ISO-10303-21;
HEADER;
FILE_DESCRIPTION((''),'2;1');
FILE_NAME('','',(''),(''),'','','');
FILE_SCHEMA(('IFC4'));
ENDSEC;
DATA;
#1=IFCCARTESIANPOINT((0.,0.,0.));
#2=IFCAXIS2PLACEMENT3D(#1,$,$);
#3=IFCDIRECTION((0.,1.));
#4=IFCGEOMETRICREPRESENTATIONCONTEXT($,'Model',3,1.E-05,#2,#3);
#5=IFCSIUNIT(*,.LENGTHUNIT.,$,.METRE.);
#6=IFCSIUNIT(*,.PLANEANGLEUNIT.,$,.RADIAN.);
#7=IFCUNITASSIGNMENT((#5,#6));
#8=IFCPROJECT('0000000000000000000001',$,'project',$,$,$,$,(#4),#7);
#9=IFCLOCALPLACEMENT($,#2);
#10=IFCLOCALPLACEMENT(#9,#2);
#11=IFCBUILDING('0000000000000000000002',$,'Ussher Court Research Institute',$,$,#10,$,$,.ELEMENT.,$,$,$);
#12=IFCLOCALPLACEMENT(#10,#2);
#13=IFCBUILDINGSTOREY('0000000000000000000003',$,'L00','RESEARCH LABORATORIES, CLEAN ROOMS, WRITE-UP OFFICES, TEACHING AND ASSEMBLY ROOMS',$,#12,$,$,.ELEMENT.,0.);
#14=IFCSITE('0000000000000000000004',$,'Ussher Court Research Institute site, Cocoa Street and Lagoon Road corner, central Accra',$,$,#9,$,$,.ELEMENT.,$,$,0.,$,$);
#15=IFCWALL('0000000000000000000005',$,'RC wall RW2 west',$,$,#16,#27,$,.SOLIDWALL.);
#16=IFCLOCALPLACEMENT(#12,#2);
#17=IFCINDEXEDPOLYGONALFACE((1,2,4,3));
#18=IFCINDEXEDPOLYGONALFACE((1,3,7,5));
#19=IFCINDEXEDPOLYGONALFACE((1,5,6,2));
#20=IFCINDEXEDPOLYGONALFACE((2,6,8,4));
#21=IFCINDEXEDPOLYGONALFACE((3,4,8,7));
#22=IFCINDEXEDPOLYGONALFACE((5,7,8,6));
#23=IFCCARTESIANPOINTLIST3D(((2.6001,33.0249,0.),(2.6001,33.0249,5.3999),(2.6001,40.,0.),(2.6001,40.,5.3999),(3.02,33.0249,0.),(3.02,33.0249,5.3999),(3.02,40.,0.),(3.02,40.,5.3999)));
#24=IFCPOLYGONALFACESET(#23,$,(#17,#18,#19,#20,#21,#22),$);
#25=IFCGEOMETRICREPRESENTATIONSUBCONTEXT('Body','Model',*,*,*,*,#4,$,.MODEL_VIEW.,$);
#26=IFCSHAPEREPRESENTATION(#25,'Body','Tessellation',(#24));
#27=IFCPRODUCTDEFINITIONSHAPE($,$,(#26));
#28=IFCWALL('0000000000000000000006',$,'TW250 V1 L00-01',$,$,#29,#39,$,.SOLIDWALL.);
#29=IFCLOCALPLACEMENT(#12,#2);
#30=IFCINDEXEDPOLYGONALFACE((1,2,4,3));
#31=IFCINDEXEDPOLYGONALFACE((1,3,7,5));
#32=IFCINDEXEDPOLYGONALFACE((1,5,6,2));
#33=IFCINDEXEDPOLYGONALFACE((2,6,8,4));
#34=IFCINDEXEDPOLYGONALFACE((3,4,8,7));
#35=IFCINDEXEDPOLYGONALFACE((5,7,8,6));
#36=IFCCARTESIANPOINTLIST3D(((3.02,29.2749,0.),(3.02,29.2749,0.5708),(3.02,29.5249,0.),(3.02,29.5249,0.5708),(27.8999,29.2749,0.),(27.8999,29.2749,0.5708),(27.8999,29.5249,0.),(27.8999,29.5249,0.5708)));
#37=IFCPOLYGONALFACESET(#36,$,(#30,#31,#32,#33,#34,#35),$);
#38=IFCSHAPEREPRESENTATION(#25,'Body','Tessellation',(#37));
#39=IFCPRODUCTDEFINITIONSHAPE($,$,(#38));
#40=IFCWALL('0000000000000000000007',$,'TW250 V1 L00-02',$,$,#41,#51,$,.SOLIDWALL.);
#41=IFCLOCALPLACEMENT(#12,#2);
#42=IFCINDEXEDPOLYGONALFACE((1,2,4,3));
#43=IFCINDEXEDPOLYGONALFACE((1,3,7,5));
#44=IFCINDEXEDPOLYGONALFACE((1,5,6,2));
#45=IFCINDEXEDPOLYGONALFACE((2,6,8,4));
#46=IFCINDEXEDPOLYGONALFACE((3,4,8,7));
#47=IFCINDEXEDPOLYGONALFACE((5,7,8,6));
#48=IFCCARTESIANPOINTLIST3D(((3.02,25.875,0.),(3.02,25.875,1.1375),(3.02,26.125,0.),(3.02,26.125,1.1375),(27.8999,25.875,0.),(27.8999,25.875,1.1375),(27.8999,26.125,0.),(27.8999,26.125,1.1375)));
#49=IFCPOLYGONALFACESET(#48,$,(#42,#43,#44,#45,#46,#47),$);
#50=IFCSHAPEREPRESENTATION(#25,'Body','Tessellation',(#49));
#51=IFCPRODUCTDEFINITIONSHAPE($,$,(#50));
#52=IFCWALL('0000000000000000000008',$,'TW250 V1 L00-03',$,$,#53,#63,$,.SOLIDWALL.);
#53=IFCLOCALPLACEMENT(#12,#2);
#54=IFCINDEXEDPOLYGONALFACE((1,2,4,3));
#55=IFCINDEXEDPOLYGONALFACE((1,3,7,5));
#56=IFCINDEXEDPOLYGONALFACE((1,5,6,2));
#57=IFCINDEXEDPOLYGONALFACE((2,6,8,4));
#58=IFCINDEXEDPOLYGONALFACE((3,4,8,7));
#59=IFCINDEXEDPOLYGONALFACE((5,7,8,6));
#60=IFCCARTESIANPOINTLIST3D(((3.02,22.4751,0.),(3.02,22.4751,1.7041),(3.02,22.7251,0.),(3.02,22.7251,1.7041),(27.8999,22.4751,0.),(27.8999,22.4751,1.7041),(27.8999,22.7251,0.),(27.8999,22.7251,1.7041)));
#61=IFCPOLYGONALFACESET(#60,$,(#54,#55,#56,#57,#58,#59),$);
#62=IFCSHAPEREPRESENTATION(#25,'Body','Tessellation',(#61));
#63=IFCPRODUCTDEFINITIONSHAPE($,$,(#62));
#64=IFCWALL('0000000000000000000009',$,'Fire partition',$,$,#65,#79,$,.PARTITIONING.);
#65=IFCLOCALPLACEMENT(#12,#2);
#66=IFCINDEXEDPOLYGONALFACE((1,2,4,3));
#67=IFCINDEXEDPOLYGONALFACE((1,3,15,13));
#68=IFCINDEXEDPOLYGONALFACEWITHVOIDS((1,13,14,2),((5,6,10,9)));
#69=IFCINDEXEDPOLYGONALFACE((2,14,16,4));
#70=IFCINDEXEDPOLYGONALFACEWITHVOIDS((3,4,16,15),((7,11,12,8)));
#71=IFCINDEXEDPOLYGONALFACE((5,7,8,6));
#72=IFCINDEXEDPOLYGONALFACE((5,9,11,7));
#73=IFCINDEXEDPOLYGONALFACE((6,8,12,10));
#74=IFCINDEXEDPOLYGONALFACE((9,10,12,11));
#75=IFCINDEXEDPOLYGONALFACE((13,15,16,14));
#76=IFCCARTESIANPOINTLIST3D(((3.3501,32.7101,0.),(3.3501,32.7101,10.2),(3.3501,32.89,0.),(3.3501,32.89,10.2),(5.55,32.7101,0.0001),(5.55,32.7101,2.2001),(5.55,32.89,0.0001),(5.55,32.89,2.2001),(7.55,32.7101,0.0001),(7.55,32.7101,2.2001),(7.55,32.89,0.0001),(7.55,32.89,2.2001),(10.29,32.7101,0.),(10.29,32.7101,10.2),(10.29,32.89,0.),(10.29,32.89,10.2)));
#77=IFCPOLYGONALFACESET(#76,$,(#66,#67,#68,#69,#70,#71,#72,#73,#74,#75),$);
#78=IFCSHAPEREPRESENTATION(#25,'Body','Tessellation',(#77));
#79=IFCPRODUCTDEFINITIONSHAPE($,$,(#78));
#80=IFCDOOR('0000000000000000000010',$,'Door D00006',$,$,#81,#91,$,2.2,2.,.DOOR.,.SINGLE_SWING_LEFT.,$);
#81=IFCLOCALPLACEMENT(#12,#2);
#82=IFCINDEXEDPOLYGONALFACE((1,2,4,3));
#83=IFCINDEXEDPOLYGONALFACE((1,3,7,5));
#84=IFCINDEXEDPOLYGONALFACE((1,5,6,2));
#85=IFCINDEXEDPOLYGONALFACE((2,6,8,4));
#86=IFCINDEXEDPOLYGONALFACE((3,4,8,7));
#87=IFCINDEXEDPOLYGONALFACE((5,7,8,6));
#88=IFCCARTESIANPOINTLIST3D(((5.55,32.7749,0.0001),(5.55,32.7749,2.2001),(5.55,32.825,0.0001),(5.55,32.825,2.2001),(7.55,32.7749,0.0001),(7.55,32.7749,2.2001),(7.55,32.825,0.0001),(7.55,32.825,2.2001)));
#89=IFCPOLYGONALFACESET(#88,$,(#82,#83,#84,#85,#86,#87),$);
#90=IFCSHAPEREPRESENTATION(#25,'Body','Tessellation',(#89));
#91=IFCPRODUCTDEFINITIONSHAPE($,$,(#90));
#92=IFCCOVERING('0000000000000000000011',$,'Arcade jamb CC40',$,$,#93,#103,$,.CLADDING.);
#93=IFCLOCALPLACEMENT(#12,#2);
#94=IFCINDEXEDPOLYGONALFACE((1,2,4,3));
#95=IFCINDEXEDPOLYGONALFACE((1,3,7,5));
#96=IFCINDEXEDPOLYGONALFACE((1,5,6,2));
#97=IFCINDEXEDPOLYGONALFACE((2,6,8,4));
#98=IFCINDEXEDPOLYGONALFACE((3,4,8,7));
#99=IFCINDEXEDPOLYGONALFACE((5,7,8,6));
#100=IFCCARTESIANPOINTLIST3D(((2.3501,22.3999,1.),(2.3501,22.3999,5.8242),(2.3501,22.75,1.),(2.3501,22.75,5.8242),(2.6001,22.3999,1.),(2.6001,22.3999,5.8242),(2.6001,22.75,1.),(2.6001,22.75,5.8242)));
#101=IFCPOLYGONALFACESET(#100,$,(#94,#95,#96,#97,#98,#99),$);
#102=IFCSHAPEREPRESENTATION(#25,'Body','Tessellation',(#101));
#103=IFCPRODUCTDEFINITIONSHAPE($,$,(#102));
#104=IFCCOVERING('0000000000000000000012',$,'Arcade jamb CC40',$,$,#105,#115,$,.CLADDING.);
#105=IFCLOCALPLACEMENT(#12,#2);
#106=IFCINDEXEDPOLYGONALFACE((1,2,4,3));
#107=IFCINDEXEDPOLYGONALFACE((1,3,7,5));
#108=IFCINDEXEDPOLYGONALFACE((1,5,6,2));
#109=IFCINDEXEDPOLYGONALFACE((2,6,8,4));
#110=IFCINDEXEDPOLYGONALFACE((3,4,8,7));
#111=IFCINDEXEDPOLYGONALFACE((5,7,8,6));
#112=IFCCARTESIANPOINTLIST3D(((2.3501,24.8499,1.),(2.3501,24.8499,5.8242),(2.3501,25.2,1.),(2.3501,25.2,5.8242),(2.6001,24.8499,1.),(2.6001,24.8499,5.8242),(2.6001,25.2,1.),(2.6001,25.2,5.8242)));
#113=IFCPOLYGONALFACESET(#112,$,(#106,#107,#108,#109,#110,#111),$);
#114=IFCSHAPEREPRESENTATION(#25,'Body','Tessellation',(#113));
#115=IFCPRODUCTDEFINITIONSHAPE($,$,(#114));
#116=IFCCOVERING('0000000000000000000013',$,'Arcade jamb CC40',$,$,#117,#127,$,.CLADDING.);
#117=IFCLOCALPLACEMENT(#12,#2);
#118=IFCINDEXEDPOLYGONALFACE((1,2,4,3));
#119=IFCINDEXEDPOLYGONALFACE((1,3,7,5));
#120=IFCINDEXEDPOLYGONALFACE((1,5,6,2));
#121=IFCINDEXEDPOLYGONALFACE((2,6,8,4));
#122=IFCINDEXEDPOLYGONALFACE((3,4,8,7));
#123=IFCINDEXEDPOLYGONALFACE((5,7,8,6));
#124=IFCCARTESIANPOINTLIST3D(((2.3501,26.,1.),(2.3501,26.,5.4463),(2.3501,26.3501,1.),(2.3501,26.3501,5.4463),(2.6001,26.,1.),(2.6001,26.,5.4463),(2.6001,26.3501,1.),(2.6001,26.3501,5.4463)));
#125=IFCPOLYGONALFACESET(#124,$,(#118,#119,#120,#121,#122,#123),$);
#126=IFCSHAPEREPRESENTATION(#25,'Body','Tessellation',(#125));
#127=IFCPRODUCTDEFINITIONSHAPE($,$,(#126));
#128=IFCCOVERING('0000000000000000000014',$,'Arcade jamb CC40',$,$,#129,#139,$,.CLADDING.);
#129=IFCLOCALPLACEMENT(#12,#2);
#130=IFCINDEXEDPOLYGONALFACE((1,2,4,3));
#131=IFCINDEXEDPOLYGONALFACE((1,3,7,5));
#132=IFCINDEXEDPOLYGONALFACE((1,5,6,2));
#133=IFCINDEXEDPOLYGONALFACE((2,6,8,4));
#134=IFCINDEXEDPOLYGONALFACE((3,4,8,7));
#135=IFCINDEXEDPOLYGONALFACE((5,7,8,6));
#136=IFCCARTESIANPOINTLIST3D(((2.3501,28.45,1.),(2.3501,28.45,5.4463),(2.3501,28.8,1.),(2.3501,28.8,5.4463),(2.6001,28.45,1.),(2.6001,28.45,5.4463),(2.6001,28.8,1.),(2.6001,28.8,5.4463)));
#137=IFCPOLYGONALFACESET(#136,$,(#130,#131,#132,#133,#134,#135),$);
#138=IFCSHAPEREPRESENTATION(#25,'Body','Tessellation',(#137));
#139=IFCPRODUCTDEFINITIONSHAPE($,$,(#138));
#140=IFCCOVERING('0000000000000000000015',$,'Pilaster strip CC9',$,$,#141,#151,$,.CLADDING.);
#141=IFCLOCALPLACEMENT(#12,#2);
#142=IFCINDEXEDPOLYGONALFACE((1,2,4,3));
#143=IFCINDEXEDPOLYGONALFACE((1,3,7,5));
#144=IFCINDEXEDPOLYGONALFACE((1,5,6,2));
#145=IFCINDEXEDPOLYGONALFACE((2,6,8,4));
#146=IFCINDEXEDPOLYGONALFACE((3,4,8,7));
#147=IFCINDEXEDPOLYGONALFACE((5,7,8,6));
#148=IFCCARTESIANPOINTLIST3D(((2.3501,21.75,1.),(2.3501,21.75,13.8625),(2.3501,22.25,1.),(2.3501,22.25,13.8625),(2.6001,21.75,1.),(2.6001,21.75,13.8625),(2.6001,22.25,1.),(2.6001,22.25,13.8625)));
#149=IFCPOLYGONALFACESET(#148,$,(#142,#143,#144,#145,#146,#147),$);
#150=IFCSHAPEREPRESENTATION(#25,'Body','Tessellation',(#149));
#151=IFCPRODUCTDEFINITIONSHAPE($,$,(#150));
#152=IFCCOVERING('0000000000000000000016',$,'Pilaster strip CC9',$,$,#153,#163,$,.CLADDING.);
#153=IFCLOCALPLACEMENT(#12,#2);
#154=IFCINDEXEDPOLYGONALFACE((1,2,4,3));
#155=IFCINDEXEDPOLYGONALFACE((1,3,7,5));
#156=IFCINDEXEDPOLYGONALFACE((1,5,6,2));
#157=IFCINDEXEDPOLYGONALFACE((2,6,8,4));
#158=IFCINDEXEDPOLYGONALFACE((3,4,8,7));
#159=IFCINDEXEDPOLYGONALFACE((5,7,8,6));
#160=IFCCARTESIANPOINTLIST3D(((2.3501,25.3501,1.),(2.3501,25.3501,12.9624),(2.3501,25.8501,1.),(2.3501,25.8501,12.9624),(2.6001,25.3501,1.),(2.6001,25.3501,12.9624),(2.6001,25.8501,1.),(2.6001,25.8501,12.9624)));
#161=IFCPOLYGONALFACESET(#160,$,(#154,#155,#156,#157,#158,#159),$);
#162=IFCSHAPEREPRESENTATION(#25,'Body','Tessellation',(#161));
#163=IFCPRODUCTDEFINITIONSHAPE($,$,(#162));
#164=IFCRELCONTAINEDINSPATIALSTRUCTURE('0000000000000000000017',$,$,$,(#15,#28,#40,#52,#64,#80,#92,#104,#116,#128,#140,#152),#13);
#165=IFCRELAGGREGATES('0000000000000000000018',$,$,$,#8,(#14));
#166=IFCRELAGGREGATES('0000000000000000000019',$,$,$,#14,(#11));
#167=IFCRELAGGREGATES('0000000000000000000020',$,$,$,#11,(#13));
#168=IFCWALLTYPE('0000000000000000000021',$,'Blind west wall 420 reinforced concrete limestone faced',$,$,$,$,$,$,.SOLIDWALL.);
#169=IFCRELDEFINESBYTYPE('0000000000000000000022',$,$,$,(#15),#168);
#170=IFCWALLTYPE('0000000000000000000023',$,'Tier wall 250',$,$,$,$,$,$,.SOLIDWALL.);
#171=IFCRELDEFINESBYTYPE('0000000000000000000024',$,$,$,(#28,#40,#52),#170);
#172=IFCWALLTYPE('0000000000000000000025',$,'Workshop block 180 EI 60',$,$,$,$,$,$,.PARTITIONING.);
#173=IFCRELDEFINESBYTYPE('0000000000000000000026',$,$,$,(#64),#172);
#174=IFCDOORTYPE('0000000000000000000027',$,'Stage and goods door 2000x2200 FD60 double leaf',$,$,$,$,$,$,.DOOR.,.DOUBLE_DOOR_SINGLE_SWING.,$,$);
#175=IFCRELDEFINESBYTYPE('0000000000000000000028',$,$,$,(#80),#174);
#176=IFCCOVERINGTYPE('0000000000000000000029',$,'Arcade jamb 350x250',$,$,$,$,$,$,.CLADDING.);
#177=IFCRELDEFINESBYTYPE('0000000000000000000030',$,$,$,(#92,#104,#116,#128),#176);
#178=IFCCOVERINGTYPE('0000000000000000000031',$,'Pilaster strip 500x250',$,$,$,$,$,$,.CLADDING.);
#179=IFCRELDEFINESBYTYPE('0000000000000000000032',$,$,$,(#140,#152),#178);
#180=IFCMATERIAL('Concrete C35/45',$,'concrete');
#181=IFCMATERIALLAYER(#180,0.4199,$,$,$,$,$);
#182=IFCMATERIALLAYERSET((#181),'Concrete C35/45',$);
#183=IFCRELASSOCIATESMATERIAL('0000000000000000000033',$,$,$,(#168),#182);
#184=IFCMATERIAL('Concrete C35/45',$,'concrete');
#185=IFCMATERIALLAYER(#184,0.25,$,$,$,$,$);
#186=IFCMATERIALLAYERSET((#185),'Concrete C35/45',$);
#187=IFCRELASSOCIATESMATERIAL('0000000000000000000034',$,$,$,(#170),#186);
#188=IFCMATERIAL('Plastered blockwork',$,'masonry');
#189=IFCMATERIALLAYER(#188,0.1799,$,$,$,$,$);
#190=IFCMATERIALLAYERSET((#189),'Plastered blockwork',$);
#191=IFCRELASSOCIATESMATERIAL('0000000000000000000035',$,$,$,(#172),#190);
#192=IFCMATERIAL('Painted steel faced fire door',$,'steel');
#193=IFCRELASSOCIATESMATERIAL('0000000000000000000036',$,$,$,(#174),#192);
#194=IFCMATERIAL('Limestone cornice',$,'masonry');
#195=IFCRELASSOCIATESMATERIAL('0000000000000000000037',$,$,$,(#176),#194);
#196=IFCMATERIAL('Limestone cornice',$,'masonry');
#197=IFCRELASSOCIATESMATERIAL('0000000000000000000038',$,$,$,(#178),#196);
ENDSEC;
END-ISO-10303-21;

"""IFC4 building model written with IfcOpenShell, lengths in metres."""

from ifc_helpers import new_model, si_unit, direction, frame, frame_2d, origin, origin_2d, place, context, subcontext, project, spatial, rectangle, extrude, material, layer, layer_set, type_object, element, fill, save


model = new_model("IFC4")

# Units and contexts
model_context = context("Model", 3, precision=1e-05, world=origin(), true_north=direction((0.0, 1.0)))
body_context = subcontext(model_context, "Body", "Model", "MODEL_VIEW")
ifc_project = project(units=[si_unit("LENGTHUNIT", "METRE"), si_unit("PLANEANGLEUNIT", "RADIAN")], contexts=[model_context])

# Site, building, storey
site_placement = place(None, origin())
site = spatial("IfcSite", under=ifc_project, at=site_placement, Name="Ussher Court Research Institute site, Cocoa Street and Lagoon Road corner, central Accra", CompositionType="ELEMENT", RefElevation=0.0)
building_placement = place(site_placement, origin())
building = spatial("IfcBuilding", under=site, at=building_placement, Name="Ussher Court Research Institute", CompositionType="ELEMENT")
storey_placement = place(building_placement, origin())
storey = spatial("IfcBuildingStorey", under=building, at=storey_placement, Name="L00", Description="RESEARCH LABORATORIES, CLEAN ROOMS, WRITE-UP OFFICES, TEACHING AND ASSEMBLY ROOMS", CompositionType="ELEMENT", Elevation=0.0)

# Walls
ifc_material_1 = material(Name="Concrete C35/45", Category="concrete")
ifc_layer_1 = layer(ifc_material_1, 0.4199)
ifc_layer_set_1 = layer_set([ifc_layer_1], Name="Concrete C35/45")
wall_type_1 = type_object("IfcWallType", Name="Blind west wall 420 reinforced concrete limestone faced", PredefinedType="SOLIDWALL", material=ifc_layer_set_1)
wall_1_placement = place(storey_placement, frame((2.8101, 33.0249, 0.0), z_axis=(0.0, 0.0, 1.0), x_axis=(0.0, 1.0, 0.0)))
element("IfcWall", 1, at=wall_1_placement, inside=storey, type_object=wall_type_1, Name="RC wall RW2 west", PredefinedType="SOLIDWALL", context=body_context, shape_type="SweptSolid", body=[
    extrude(rectangle(XDim=6.9751, YDim=0.4199, at=frame_2d((3.4875, 0.0))), origin(), (0.0, 0.0, 1.0), 5.3999),
])
ifc_material_2 = material(Name="Concrete C35/45", Category="concrete")
ifc_layer_2 = layer(ifc_material_2, 0.25)
ifc_layer_set_2 = layer_set([ifc_layer_2], Name="Concrete C35/45")
wall_type_2 = type_object("IfcWallType", Name="Tier wall 250", PredefinedType="SOLIDWALL", material=ifc_layer_set_2)
wall_2_placement = place(storey_placement, frame((3.02, 29.3999, 0.0), z_axis=(0.0, 0.0, 1.0), x_axis=(1.0, 0.0, 0.0)))
element("IfcWall", 2, at=wall_2_placement, inside=storey, type_object=wall_type_2, Name="TW250 V1 L00-01", PredefinedType="SOLIDWALL", context=body_context, shape_type="SweptSolid", body=[
    extrude(rectangle(XDim=24.8799, YDim=0.25, at=frame_2d((12.4399, 0.0))), origin(), (0.0, 0.0, 1.0), 0.5708),
])
wall_3_placement = place(storey_placement, frame((3.02, 26.0, 0.0), z_axis=(0.0, 0.0, 1.0), x_axis=(1.0, 0.0, 0.0)))
element("IfcWall", 3, at=wall_3_placement, inside=storey, type_object=wall_type_2, Name="TW250 V1 L00-02", PredefinedType="SOLIDWALL", context=body_context, shape_type="SweptSolid", body=[
    extrude(rectangle(XDim=24.8799, YDim=0.25, at=frame_2d((12.4399, 0.0))), origin(), (0.0, 0.0, 1.0), 1.1375),
])
wall_4_placement = place(storey_placement, frame((3.02, 22.6001, 0.0), z_axis=(0.0, 0.0, 1.0), x_axis=(1.0, 0.0, 0.0)))
element("IfcWall", 4, at=wall_4_placement, inside=storey, type_object=wall_type_2, Name="TW250 V1 L00-03", PredefinedType="SOLIDWALL", context=body_context, shape_type="SweptSolid", body=[
    extrude(rectangle(XDim=24.8799, YDim=0.25, at=frame_2d((12.4399, 0.0))), origin(), (0.0, 0.0, 1.0), 1.7041),
])

# Wall, opening, door
ifc_material_3 = material(Name="Plastered blockwork", Category="masonry")
ifc_layer_3 = layer(ifc_material_3, 0.1799)
ifc_layer_set_3 = layer_set([ifc_layer_3], Name="Plastered blockwork")
wall_type_3 = type_object("IfcWallType", Name="Workshop block 180 EI 60", PredefinedType="PARTITIONING", material=ifc_layer_set_3)
wall_5_placement = place(storey_placement, frame((3.3501, 32.8, 0.0), z_axis=(0.0, 0.0, 1.0), x_axis=(1.0, 0.0, 0.0)))
wall_5 = element("IfcWall", 5, at=wall_5_placement, inside=storey, type_object=wall_type_3, Name="Fire partition", PredefinedType="PARTITIONING", context=body_context, shape_type="SweptSolid", body=[
    extrude(rectangle(XDim=6.9399, YDim=0.1799, at=frame_2d((3.47, 0.0))), origin(), (0.0, 0.0, 1.0), 10.2),
])
opening_placement = place(wall_5_placement, frame((2.2, 0.0, 0.0)))
opening = element("IfcOpeningElement", 6, at=opening_placement, cuts=wall_5, PredefinedType="OPENING", context=body_context, shape_type="SweptSolid", body=[
    extrude(rectangle(XDim=2.0, YDim=2.2, at=frame_2d((1.0, 1.1001))), frame((0.0, 0.1001, 0.0), z_axis=(0.0, -1.0, 0.0), x_axis=(1.0, 0.0, 0.0)), (0.0, 0.0, 1.0), 0.2),
])
ifc_material_4 = material(Name="Painted steel faced fire door", Category="steel")
door_type = type_object("IfcDoorType", Name="Stage and goods door 2000x2200 FD60 double leaf", OperationType="DOUBLE_DOOR_SINGLE_SWING", PredefinedType="DOOR", material=ifc_material_4)
door_placement = place(opening_placement, origin())
door = element("IfcDoor", 7, at=door_placement, inside=storey, type_object=door_type, Name="Door D00006", OperationType="SINGLE_SWING_LEFT", OverallHeight=2.2, OverallWidth=2.0, PredefinedType="DOOR", context=body_context, shape_type="SweptSolid", body=[
    extrude(rectangle(XDim=2.0, YDim=2.2, at=frame_2d((1.0, 1.1001))), frame((0.0, 0.0249, 0.0), z_axis=(0.0, -1.0, 0.0), x_axis=(1.0, 0.0, 0.0)), (0.0, 0.0, 1.0), 0.05),
])
fill(opening, door)

# Coverings
ifc_material_5 = material(Name="Limestone cornice", Category="masonry")
covering_type_1 = type_object("IfcCoveringType", Name="Arcade jamb 350x250", PredefinedType="CLADDING", material=ifc_material_5)
for number, where, z_axis, x_axis, name in (
    (8, (2.4751, 22.575, 1.0), (0.0, 0.0, 1.0), (1.0, 0.0, 0.0), "Arcade jamb CC40"),
    (9, (2.4751, 25.0249, 1.0), (0.0, 0.0, 1.0), (1.0, 0.0, 0.0), "Arcade jamb CC40"),
):
    element("IfcCovering", number, at=place(storey_placement, frame(where, z_axis=z_axis, x_axis=x_axis)), inside=storey, type_object=covering_type_1, Name=name, PredefinedType="CLADDING", context=body_context, shape_type="SweptSolid", body=[
        extrude(rectangle(XDim=0.25, YDim=0.3501, at=origin_2d()), origin(), (0.0, 0.0, 1.0), 4.8242),
    ])
for number, where, z_axis, x_axis, name in (
    (10, (2.4751, 26.175, 1.0), (0.0, 0.0, 1.0), (1.0, 0.0, 0.0), "Arcade jamb CC40"),
    (11, (2.4751, 28.625, 1.0), (0.0, 0.0, 1.0), (1.0, 0.0, 0.0), "Arcade jamb CC40"),
):
    element("IfcCovering", number, at=place(storey_placement, frame(where, z_axis=z_axis, x_axis=x_axis)), inside=storey, type_object=covering_type_1, Name=name, PredefinedType="CLADDING", context=body_context, shape_type="SweptSolid", body=[
        extrude(rectangle(XDim=0.25, YDim=0.3501, at=origin_2d()), origin(), (0.0, 0.0, 1.0), 4.4463),
    ])
ifc_material_6 = material(Name="Limestone cornice", Category="masonry")
covering_type_2 = type_object("IfcCoveringType", Name="Pilaster strip 500x250", PredefinedType="CLADDING", material=ifc_material_6)
covering_1_placement = place(storey_placement, frame((2.4751, 22.0, 1.0), z_axis=(0.0, 0.0, 1.0), x_axis=(1.0, 0.0, 0.0)))
element("IfcCovering", 12, at=covering_1_placement, inside=storey, type_object=covering_type_2, Name="Pilaster strip CC9", PredefinedType="CLADDING", context=body_context, shape_type="SweptSolid", body=[
    extrude(rectangle(XDim=0.25, YDim=0.5, at=origin_2d()), origin(), (0.0, 0.0, 1.0), 12.8625),
])
covering_2_placement = place(storey_placement, frame((2.4751, 25.6001, 1.0), z_axis=(0.0, 0.0, 1.0), x_axis=(1.0, 0.0, 0.0)))
element("IfcCovering", 13, at=covering_2_placement, inside=storey, type_object=covering_type_2, Name="Pilaster strip CC9", PredefinedType="CLADDING", context=body_context, shape_type="SweptSolid", body=[
    extrude(rectangle(XDim=0.25, YDim=0.5, at=origin_2d()), origin(), (0.0, 0.0, 1.0), 11.9624),
])

save(model, "model.ifc")
